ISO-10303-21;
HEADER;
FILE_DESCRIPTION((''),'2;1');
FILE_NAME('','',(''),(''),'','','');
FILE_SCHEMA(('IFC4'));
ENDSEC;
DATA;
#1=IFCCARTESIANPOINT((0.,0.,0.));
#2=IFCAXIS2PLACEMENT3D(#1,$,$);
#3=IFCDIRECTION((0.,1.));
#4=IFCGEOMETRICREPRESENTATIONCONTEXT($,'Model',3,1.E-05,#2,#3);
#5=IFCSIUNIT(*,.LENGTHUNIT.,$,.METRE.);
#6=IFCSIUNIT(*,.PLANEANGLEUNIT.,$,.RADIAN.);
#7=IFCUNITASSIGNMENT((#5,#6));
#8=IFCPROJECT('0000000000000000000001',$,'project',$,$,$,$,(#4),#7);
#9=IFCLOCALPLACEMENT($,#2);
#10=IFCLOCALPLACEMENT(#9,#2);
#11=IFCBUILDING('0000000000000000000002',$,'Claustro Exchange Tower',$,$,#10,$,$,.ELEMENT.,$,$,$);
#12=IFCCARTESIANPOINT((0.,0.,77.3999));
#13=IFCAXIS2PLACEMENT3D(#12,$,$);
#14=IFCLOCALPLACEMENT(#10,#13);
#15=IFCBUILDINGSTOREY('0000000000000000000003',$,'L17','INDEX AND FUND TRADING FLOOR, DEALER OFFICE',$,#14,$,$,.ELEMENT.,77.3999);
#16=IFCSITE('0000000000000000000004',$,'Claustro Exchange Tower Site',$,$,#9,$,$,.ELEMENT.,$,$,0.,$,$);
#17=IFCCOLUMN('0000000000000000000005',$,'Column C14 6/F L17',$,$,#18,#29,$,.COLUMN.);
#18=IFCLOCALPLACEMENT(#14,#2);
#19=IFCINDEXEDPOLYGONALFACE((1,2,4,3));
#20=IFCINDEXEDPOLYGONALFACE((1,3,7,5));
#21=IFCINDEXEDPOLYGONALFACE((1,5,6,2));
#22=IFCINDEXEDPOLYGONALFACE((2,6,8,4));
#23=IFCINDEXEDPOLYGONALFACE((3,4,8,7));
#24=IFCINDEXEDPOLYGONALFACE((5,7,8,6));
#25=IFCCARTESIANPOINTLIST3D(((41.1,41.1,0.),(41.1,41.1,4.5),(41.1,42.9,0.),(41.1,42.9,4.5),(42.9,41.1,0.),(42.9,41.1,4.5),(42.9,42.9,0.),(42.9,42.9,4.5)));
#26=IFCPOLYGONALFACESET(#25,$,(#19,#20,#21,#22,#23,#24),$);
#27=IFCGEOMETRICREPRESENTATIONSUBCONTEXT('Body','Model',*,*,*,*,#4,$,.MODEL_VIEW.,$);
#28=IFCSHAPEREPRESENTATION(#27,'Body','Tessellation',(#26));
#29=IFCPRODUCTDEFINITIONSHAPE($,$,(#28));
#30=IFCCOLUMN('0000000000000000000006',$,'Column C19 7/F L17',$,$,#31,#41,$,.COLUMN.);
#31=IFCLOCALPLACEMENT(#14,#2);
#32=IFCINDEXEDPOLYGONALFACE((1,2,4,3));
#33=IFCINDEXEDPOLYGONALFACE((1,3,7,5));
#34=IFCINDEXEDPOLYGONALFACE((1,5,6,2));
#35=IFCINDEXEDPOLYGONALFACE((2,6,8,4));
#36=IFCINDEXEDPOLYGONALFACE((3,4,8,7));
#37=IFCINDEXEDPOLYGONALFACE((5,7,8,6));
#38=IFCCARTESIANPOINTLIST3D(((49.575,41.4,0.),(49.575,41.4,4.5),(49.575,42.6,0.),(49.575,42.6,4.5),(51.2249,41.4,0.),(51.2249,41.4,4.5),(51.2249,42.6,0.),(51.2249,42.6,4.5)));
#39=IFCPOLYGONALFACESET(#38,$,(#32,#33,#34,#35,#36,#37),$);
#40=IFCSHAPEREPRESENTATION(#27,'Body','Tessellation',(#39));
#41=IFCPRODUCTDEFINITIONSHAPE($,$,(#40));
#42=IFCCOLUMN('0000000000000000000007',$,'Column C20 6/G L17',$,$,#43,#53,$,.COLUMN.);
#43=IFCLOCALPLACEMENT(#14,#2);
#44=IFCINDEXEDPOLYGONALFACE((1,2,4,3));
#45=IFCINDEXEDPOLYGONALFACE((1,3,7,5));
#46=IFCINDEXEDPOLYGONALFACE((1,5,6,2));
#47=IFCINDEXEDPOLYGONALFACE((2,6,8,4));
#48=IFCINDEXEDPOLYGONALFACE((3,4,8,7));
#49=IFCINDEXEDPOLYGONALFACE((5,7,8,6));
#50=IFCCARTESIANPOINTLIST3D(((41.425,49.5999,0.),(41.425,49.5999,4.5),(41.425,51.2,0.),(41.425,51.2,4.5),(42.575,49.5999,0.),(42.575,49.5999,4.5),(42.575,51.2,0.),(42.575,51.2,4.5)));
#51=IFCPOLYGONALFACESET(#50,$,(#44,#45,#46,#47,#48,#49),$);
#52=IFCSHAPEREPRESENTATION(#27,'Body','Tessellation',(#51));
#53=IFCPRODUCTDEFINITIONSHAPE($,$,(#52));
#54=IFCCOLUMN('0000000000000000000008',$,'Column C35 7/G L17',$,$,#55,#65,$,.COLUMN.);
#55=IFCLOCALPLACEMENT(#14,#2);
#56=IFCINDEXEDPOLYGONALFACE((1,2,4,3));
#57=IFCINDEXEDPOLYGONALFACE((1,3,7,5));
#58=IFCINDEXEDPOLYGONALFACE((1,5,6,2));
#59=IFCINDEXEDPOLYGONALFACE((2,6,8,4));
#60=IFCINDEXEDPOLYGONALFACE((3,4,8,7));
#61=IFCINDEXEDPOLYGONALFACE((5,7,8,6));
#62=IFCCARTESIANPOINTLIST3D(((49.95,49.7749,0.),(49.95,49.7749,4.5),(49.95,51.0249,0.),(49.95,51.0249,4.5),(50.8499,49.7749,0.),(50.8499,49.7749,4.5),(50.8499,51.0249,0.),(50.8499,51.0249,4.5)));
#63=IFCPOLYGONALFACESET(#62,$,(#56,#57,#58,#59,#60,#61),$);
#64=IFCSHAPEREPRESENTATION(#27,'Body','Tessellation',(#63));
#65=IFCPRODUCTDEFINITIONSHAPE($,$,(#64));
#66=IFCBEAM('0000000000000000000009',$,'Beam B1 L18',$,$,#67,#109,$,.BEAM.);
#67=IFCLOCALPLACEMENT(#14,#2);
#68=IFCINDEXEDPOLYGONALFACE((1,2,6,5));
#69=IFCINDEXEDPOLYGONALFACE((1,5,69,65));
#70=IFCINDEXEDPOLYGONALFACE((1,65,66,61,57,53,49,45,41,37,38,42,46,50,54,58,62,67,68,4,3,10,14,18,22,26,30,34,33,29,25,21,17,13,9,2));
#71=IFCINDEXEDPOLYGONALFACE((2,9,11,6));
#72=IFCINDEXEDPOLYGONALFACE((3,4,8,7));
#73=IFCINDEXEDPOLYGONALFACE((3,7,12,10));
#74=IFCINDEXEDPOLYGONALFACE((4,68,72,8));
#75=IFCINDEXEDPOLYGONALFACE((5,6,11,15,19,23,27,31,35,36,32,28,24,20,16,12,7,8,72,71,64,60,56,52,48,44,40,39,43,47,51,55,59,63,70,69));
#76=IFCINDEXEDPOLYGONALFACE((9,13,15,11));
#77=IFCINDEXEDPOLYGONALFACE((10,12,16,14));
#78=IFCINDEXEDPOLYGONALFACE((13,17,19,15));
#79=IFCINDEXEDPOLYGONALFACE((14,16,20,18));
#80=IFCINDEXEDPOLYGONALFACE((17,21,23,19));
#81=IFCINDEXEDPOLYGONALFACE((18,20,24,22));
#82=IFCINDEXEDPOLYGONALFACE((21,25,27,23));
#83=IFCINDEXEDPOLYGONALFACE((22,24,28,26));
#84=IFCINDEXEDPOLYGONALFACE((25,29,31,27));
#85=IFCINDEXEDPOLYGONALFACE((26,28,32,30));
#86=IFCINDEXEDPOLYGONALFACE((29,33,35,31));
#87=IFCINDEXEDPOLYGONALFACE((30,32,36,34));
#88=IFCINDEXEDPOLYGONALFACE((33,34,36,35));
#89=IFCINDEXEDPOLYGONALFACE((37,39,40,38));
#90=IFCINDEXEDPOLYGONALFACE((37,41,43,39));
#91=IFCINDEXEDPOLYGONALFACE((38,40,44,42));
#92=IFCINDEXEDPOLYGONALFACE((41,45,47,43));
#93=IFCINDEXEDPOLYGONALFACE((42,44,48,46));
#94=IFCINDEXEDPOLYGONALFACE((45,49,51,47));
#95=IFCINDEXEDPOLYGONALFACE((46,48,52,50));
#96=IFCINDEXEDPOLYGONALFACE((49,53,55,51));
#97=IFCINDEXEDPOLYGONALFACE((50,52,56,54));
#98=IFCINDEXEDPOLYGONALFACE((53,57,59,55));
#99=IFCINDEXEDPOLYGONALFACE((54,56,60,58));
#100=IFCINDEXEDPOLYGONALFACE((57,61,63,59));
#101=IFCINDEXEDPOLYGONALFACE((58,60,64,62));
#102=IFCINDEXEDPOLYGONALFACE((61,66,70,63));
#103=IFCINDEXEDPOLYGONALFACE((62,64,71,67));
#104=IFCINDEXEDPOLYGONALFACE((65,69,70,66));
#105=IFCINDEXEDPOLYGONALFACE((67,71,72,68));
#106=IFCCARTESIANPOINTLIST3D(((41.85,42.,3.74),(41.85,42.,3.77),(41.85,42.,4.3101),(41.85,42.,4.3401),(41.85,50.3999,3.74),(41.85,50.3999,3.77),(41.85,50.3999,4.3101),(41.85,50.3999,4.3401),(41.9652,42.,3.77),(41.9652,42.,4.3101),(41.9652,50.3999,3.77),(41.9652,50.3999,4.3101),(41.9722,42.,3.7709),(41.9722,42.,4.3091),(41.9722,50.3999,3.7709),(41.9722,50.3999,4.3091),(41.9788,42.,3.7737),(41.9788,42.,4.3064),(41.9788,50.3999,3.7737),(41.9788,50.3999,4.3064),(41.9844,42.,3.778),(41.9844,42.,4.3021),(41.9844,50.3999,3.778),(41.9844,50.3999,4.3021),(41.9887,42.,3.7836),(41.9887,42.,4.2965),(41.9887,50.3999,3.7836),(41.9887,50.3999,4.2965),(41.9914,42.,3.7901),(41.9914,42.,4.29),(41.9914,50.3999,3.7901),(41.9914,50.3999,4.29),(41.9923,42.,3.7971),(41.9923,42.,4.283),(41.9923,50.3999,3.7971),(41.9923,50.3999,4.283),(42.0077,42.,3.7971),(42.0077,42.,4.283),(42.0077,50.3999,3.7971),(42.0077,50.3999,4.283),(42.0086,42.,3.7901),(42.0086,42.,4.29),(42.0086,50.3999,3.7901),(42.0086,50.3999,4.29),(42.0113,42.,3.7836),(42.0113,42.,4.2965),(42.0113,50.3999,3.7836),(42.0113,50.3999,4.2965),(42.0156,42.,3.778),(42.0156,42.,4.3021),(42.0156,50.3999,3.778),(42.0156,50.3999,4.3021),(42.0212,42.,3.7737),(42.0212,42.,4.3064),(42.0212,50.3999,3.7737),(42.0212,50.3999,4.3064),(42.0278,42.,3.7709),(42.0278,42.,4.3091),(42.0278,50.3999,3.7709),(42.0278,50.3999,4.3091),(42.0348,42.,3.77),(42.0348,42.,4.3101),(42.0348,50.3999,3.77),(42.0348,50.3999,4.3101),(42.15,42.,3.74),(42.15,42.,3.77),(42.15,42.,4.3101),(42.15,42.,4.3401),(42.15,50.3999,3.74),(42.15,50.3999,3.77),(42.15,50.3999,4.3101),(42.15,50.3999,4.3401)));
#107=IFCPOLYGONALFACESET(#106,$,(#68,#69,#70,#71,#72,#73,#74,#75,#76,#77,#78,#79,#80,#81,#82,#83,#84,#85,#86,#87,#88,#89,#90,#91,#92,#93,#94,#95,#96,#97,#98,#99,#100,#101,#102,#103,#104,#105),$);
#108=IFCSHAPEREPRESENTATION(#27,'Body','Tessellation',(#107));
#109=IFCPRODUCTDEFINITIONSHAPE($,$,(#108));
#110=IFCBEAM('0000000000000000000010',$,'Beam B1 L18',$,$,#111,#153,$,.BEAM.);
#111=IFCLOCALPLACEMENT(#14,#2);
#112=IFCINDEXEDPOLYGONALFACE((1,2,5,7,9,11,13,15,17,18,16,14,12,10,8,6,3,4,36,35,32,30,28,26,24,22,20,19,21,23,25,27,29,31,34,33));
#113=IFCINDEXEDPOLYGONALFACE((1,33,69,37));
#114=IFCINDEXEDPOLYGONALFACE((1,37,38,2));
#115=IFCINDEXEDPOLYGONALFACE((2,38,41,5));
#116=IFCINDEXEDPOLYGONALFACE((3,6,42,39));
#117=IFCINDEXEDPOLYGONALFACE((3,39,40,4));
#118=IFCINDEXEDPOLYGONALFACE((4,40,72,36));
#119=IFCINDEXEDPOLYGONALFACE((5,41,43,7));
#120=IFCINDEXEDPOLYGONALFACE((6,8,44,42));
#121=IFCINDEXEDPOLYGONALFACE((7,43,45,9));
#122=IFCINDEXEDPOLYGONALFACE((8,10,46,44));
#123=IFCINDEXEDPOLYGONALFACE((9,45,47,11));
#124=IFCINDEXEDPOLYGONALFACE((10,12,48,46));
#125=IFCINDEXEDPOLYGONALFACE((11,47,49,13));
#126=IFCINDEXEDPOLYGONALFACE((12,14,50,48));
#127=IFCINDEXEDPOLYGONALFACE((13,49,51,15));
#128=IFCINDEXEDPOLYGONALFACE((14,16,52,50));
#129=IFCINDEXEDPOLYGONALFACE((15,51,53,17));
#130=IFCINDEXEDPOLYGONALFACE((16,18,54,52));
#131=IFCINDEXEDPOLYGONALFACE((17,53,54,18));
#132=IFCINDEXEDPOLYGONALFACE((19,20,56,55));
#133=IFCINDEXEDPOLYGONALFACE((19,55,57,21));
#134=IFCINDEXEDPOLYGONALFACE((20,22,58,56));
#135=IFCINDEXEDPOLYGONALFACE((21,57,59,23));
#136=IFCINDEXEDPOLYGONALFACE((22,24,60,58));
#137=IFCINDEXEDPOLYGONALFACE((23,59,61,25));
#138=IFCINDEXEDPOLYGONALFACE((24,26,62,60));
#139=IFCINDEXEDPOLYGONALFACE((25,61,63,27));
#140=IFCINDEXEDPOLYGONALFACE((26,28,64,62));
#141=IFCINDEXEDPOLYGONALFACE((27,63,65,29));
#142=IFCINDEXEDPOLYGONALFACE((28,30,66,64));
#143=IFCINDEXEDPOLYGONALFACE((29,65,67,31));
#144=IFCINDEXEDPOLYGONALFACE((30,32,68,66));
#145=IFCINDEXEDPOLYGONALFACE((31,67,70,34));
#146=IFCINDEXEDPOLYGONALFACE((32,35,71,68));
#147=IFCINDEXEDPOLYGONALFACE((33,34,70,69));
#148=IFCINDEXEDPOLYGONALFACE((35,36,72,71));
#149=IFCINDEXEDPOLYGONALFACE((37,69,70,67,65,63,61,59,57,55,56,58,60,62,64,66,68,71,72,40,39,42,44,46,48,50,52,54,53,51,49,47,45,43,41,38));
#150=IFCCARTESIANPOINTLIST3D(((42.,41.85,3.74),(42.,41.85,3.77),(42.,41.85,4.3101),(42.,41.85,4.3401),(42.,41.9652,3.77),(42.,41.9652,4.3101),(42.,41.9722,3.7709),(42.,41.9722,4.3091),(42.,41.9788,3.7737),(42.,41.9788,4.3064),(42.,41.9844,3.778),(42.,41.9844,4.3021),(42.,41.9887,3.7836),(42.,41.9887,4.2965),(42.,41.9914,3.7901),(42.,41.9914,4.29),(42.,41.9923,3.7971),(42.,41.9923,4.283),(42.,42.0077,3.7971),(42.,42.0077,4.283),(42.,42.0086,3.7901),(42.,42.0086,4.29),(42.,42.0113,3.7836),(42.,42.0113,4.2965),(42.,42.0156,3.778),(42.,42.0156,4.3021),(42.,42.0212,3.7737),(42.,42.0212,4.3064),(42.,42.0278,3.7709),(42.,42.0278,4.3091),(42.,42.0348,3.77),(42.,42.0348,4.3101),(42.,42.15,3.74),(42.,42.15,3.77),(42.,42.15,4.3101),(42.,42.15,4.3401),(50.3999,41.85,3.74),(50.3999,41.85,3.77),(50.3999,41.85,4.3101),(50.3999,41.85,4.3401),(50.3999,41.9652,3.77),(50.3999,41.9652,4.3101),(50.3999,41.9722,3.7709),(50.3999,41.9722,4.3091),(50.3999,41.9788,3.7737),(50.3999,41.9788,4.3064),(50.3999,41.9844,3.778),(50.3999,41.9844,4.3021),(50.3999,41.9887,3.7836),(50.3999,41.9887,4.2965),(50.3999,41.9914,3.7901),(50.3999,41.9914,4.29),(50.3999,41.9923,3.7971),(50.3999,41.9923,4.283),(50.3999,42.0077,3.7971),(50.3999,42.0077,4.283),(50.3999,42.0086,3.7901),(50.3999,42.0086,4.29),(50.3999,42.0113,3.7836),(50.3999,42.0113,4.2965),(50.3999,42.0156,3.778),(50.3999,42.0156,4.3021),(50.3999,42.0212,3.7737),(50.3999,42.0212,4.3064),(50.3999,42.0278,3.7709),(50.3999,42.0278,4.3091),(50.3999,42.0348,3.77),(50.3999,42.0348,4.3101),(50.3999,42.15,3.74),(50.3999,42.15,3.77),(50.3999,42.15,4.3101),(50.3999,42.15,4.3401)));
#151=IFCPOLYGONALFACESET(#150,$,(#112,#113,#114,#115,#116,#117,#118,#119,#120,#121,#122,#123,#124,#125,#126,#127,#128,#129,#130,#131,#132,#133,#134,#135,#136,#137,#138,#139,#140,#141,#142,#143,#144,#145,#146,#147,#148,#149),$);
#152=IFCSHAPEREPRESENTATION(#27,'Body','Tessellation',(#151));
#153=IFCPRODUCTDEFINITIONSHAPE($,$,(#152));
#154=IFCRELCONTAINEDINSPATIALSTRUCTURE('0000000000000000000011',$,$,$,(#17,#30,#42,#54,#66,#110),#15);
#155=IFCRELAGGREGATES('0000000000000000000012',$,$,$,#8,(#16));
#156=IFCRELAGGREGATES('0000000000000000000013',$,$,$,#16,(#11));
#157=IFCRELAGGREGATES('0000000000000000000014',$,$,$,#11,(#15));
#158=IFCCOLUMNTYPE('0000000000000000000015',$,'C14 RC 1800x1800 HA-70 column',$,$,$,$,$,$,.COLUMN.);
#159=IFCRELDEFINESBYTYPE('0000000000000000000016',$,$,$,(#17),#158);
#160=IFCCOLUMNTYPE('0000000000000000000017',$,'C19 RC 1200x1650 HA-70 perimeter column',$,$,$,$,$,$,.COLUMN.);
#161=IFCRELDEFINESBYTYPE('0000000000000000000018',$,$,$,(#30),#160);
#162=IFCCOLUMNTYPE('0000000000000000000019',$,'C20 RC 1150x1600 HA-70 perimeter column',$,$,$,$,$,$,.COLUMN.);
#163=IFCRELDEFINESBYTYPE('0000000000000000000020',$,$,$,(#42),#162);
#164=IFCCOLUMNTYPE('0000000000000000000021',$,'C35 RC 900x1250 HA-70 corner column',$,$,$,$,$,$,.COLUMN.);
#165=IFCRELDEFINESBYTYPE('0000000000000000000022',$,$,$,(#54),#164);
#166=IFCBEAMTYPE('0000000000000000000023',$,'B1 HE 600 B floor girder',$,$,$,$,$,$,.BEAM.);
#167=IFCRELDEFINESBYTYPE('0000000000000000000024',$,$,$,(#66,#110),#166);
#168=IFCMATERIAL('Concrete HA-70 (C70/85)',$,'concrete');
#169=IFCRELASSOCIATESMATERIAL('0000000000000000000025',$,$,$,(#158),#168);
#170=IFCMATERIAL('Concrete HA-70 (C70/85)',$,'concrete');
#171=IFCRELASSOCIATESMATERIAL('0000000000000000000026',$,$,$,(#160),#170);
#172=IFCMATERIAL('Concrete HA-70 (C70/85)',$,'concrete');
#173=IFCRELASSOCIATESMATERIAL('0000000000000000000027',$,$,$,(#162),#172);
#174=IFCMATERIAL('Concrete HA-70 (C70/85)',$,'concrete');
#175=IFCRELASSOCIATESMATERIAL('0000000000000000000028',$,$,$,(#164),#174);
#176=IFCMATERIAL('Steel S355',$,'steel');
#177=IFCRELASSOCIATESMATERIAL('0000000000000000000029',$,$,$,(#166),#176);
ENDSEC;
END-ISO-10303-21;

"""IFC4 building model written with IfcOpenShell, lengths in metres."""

from ifc_helpers import new_model, si_unit, direction, frame, origin, origin_2d, place, context, subcontext, project, spatial, rectangle, i_section, extrude, material, material_profile, profile_set, type_object, element, save


model = new_model("IFC4")

# Units and contexts
model_context = context("Model", 3, precision=1e-05, world=origin(), true_north=direction((0.0, 1.0)))
body_context = subcontext(model_context, "Body", "Model", "MODEL_VIEW")
ifc_project = project(units=[si_unit("LENGTHUNIT", "METRE"), si_unit("PLANEANGLEUNIT", "RADIAN")], contexts=[model_context])

# Site, building, storey
site_placement = place(None, origin())
site = spatial("IfcSite", under=ifc_project, at=site_placement, Name="Claustro Exchange Tower Site", CompositionType="ELEMENT", RefElevation=0.0)
building_placement = place(site_placement, origin())
building = spatial("IfcBuilding", under=site, at=building_placement, Name="Claustro Exchange Tower", CompositionType="ELEMENT")
storey_placement = place(building_placement, frame((0.0, 0.0, 77.3999)))
storey = spatial("IfcBuildingStorey", under=building, at=storey_placement, Name="L17", Description="INDEX AND FUND TRADING FLOOR, DEALER OFFICE", CompositionType="ELEMENT", Elevation=77.3999)

# Columns
ifc_material_1 = material(Name="Concrete HA-70 (C70/85)", Category="concrete")
ifc_material_profile_1 = material_profile(ifc_material_1, rectangle(XDim=1.8, YDim=1.8, at=origin_2d()), Name="RC 1800x1800")
ifc_profile_set_1 = profile_set([ifc_material_profile_1], Name="Concrete HA-70 (C70/85)")
column_type_1 = type_object("IfcColumnType", Name="C14 RC 1800x1800 HA-70 column", PredefinedType="COLUMN", material=ifc_profile_set_1)
column_1_placement = place(storey_placement, frame((42.0, 42.0, 0.0), z_axis=(0.0, 0.0, 1.0), x_axis=(1.0, 0.0, 0.0)))
element("IfcColumn", 1, at=column_1_placement, inside=storey, type_object=column_type_1, Name="Column C14 6/F L17", PredefinedType="COLUMN", context=body_context, shape_type="SweptSolid", body=[
    extrude(rectangle(XDim=1.8, YDim=1.8, at=origin_2d()), origin(), (0.0, 0.0, 1.0), 4.5),
])
ifc_material_2 = material(Name="Concrete HA-70 (C70/85)", Category="concrete")
ifc_material_profile_2 = material_profile(ifc_material_2, rectangle(XDim=1.2, YDim=1.6499, at=origin_2d()), Name="RC 1200x1650")
ifc_profile_set_2 = profile_set([ifc_material_profile_2], Name="Concrete HA-70 (C70/85)")
column_type_2 = type_object("IfcColumnType", Name="C19 RC 1200x1650 HA-70 perimeter column", PredefinedType="COLUMN", material=ifc_profile_set_2)
column_2_placement = place(storey_placement, frame((50.3999, 42.0, 0.0), z_axis=(0.0, 0.0, 1.0), x_axis=(0.0, 1.0, 0.0)))
element("IfcColumn", 2, at=column_2_placement, inside=storey, type_object=column_type_2, Name="Column C19 7/F L17", PredefinedType="COLUMN", context=body_context, shape_type="SweptSolid", body=[
    extrude(rectangle(XDim=1.2, YDim=1.6499, at=origin_2d()), origin(), (0.0, 0.0, 1.0), 4.5),
])
ifc_material_3 = material(Name="Concrete HA-70 (C70/85)", Category="concrete")
ifc_material_profile_3 = material_profile(ifc_material_3, rectangle(XDim=1.1499, YDim=1.6001, at=origin_2d()), Name="RC 1150x1600")
ifc_profile_set_3 = profile_set([ifc_material_profile_3], Name="Concrete HA-70 (C70/85)")
column_type_3 = type_object("IfcColumnType", Name="C20 RC 1150x1600 HA-70 perimeter column", PredefinedType="COLUMN", material=ifc_profile_set_3)
column_3_placement = place(storey_placement, frame((42.0, 50.3999, 0.0), z_axis=(0.0, 0.0, 1.0), x_axis=(1.0, 0.0, 0.0)))
element("IfcColumn", 3, at=column_3_placement, inside=storey, type_object=column_type_3, Name="Column C20 6/G L17", PredefinedType="COLUMN", context=body_context, shape_type="SweptSolid", body=[
    extrude(rectangle(XDim=1.1499, YDim=1.6001, at=origin_2d()), origin(), (0.0, 0.0, 1.0), 4.5),
])
ifc_material_4 = material(Name="Concrete HA-70 (C70/85)", Category="concrete")
ifc_material_profile_4 = material_profile(ifc_material_4, rectangle(XDim=0.8999, YDim=1.25, at=origin_2d()), Name="RC 900x1250")
ifc_profile_set_4 = profile_set([ifc_material_profile_4], Name="Concrete HA-70 (C70/85)")
column_type_4 = type_object("IfcColumnType", Name="C35 RC 900x1250 HA-70 corner column", PredefinedType="COLUMN", material=ifc_profile_set_4)
column_4_placement = place(storey_placement, frame((50.3999, 50.3999, 0.0), z_axis=(0.0, 0.0, 1.0), x_axis=(1.0, 0.0, 0.0)))
element("IfcColumn", 4, at=column_4_placement, inside=storey, type_object=column_type_4, Name="Column C35 7/G L17", PredefinedType="COLUMN", context=body_context, shape_type="SweptSolid", body=[
    extrude(rectangle(XDim=0.8999, YDim=1.25, at=origin_2d()), origin(), (0.0, 0.0, 1.0), 4.5),
])

# Beams
ifc_material_5 = material(Name="Steel S355", Category="steel")
ifc_material_profile_5 = material_profile(ifc_material_5, i_section(OverallWidth=0.3, OverallDepth=0.6001, WebThickness=0.0154, FlangeThickness=0.03, FilletRadius=0.0271, at=origin_2d()), Name="HE 600 B")
ifc_profile_set_5 = profile_set([ifc_material_profile_5], Name="Steel S355")
beam_type_1 = type_object("IfcBeamType", Name="B1 HE 600 B floor girder", PredefinedType="BEAM", material=ifc_profile_set_5)
for number, where, z_axis, x_axis, name in (
    (5, (42.0, 42.0, 4.04), (0.0, 1.0, 0.0), (-1.0, 0.0, 0.0), "Beam B1 L18"),
    (6, (42.0, 42.0, 4.04), (1.0, 0.0, 0.0), (0.0, 1.0, 0.0), "Beam B1 L18"),
):
    element("IfcBeam", number, at=place(storey_placement, frame(where, z_axis=z_axis, x_axis=x_axis)), inside=storey, type_object=beam_type_1, Name=name, PredefinedType="BEAM", context=body_context, shape_type="SweptSolid", body=[
        extrude(i_section(OverallWidth=0.3, OverallDepth=0.6001, WebThickness=0.0154, FlangeThickness=0.03, FilletRadius=0.0271, at=origin_2d()), origin(), (0.0, 0.0, 1.0), 8.3999),
    ])

save(model, "model.ifc")
